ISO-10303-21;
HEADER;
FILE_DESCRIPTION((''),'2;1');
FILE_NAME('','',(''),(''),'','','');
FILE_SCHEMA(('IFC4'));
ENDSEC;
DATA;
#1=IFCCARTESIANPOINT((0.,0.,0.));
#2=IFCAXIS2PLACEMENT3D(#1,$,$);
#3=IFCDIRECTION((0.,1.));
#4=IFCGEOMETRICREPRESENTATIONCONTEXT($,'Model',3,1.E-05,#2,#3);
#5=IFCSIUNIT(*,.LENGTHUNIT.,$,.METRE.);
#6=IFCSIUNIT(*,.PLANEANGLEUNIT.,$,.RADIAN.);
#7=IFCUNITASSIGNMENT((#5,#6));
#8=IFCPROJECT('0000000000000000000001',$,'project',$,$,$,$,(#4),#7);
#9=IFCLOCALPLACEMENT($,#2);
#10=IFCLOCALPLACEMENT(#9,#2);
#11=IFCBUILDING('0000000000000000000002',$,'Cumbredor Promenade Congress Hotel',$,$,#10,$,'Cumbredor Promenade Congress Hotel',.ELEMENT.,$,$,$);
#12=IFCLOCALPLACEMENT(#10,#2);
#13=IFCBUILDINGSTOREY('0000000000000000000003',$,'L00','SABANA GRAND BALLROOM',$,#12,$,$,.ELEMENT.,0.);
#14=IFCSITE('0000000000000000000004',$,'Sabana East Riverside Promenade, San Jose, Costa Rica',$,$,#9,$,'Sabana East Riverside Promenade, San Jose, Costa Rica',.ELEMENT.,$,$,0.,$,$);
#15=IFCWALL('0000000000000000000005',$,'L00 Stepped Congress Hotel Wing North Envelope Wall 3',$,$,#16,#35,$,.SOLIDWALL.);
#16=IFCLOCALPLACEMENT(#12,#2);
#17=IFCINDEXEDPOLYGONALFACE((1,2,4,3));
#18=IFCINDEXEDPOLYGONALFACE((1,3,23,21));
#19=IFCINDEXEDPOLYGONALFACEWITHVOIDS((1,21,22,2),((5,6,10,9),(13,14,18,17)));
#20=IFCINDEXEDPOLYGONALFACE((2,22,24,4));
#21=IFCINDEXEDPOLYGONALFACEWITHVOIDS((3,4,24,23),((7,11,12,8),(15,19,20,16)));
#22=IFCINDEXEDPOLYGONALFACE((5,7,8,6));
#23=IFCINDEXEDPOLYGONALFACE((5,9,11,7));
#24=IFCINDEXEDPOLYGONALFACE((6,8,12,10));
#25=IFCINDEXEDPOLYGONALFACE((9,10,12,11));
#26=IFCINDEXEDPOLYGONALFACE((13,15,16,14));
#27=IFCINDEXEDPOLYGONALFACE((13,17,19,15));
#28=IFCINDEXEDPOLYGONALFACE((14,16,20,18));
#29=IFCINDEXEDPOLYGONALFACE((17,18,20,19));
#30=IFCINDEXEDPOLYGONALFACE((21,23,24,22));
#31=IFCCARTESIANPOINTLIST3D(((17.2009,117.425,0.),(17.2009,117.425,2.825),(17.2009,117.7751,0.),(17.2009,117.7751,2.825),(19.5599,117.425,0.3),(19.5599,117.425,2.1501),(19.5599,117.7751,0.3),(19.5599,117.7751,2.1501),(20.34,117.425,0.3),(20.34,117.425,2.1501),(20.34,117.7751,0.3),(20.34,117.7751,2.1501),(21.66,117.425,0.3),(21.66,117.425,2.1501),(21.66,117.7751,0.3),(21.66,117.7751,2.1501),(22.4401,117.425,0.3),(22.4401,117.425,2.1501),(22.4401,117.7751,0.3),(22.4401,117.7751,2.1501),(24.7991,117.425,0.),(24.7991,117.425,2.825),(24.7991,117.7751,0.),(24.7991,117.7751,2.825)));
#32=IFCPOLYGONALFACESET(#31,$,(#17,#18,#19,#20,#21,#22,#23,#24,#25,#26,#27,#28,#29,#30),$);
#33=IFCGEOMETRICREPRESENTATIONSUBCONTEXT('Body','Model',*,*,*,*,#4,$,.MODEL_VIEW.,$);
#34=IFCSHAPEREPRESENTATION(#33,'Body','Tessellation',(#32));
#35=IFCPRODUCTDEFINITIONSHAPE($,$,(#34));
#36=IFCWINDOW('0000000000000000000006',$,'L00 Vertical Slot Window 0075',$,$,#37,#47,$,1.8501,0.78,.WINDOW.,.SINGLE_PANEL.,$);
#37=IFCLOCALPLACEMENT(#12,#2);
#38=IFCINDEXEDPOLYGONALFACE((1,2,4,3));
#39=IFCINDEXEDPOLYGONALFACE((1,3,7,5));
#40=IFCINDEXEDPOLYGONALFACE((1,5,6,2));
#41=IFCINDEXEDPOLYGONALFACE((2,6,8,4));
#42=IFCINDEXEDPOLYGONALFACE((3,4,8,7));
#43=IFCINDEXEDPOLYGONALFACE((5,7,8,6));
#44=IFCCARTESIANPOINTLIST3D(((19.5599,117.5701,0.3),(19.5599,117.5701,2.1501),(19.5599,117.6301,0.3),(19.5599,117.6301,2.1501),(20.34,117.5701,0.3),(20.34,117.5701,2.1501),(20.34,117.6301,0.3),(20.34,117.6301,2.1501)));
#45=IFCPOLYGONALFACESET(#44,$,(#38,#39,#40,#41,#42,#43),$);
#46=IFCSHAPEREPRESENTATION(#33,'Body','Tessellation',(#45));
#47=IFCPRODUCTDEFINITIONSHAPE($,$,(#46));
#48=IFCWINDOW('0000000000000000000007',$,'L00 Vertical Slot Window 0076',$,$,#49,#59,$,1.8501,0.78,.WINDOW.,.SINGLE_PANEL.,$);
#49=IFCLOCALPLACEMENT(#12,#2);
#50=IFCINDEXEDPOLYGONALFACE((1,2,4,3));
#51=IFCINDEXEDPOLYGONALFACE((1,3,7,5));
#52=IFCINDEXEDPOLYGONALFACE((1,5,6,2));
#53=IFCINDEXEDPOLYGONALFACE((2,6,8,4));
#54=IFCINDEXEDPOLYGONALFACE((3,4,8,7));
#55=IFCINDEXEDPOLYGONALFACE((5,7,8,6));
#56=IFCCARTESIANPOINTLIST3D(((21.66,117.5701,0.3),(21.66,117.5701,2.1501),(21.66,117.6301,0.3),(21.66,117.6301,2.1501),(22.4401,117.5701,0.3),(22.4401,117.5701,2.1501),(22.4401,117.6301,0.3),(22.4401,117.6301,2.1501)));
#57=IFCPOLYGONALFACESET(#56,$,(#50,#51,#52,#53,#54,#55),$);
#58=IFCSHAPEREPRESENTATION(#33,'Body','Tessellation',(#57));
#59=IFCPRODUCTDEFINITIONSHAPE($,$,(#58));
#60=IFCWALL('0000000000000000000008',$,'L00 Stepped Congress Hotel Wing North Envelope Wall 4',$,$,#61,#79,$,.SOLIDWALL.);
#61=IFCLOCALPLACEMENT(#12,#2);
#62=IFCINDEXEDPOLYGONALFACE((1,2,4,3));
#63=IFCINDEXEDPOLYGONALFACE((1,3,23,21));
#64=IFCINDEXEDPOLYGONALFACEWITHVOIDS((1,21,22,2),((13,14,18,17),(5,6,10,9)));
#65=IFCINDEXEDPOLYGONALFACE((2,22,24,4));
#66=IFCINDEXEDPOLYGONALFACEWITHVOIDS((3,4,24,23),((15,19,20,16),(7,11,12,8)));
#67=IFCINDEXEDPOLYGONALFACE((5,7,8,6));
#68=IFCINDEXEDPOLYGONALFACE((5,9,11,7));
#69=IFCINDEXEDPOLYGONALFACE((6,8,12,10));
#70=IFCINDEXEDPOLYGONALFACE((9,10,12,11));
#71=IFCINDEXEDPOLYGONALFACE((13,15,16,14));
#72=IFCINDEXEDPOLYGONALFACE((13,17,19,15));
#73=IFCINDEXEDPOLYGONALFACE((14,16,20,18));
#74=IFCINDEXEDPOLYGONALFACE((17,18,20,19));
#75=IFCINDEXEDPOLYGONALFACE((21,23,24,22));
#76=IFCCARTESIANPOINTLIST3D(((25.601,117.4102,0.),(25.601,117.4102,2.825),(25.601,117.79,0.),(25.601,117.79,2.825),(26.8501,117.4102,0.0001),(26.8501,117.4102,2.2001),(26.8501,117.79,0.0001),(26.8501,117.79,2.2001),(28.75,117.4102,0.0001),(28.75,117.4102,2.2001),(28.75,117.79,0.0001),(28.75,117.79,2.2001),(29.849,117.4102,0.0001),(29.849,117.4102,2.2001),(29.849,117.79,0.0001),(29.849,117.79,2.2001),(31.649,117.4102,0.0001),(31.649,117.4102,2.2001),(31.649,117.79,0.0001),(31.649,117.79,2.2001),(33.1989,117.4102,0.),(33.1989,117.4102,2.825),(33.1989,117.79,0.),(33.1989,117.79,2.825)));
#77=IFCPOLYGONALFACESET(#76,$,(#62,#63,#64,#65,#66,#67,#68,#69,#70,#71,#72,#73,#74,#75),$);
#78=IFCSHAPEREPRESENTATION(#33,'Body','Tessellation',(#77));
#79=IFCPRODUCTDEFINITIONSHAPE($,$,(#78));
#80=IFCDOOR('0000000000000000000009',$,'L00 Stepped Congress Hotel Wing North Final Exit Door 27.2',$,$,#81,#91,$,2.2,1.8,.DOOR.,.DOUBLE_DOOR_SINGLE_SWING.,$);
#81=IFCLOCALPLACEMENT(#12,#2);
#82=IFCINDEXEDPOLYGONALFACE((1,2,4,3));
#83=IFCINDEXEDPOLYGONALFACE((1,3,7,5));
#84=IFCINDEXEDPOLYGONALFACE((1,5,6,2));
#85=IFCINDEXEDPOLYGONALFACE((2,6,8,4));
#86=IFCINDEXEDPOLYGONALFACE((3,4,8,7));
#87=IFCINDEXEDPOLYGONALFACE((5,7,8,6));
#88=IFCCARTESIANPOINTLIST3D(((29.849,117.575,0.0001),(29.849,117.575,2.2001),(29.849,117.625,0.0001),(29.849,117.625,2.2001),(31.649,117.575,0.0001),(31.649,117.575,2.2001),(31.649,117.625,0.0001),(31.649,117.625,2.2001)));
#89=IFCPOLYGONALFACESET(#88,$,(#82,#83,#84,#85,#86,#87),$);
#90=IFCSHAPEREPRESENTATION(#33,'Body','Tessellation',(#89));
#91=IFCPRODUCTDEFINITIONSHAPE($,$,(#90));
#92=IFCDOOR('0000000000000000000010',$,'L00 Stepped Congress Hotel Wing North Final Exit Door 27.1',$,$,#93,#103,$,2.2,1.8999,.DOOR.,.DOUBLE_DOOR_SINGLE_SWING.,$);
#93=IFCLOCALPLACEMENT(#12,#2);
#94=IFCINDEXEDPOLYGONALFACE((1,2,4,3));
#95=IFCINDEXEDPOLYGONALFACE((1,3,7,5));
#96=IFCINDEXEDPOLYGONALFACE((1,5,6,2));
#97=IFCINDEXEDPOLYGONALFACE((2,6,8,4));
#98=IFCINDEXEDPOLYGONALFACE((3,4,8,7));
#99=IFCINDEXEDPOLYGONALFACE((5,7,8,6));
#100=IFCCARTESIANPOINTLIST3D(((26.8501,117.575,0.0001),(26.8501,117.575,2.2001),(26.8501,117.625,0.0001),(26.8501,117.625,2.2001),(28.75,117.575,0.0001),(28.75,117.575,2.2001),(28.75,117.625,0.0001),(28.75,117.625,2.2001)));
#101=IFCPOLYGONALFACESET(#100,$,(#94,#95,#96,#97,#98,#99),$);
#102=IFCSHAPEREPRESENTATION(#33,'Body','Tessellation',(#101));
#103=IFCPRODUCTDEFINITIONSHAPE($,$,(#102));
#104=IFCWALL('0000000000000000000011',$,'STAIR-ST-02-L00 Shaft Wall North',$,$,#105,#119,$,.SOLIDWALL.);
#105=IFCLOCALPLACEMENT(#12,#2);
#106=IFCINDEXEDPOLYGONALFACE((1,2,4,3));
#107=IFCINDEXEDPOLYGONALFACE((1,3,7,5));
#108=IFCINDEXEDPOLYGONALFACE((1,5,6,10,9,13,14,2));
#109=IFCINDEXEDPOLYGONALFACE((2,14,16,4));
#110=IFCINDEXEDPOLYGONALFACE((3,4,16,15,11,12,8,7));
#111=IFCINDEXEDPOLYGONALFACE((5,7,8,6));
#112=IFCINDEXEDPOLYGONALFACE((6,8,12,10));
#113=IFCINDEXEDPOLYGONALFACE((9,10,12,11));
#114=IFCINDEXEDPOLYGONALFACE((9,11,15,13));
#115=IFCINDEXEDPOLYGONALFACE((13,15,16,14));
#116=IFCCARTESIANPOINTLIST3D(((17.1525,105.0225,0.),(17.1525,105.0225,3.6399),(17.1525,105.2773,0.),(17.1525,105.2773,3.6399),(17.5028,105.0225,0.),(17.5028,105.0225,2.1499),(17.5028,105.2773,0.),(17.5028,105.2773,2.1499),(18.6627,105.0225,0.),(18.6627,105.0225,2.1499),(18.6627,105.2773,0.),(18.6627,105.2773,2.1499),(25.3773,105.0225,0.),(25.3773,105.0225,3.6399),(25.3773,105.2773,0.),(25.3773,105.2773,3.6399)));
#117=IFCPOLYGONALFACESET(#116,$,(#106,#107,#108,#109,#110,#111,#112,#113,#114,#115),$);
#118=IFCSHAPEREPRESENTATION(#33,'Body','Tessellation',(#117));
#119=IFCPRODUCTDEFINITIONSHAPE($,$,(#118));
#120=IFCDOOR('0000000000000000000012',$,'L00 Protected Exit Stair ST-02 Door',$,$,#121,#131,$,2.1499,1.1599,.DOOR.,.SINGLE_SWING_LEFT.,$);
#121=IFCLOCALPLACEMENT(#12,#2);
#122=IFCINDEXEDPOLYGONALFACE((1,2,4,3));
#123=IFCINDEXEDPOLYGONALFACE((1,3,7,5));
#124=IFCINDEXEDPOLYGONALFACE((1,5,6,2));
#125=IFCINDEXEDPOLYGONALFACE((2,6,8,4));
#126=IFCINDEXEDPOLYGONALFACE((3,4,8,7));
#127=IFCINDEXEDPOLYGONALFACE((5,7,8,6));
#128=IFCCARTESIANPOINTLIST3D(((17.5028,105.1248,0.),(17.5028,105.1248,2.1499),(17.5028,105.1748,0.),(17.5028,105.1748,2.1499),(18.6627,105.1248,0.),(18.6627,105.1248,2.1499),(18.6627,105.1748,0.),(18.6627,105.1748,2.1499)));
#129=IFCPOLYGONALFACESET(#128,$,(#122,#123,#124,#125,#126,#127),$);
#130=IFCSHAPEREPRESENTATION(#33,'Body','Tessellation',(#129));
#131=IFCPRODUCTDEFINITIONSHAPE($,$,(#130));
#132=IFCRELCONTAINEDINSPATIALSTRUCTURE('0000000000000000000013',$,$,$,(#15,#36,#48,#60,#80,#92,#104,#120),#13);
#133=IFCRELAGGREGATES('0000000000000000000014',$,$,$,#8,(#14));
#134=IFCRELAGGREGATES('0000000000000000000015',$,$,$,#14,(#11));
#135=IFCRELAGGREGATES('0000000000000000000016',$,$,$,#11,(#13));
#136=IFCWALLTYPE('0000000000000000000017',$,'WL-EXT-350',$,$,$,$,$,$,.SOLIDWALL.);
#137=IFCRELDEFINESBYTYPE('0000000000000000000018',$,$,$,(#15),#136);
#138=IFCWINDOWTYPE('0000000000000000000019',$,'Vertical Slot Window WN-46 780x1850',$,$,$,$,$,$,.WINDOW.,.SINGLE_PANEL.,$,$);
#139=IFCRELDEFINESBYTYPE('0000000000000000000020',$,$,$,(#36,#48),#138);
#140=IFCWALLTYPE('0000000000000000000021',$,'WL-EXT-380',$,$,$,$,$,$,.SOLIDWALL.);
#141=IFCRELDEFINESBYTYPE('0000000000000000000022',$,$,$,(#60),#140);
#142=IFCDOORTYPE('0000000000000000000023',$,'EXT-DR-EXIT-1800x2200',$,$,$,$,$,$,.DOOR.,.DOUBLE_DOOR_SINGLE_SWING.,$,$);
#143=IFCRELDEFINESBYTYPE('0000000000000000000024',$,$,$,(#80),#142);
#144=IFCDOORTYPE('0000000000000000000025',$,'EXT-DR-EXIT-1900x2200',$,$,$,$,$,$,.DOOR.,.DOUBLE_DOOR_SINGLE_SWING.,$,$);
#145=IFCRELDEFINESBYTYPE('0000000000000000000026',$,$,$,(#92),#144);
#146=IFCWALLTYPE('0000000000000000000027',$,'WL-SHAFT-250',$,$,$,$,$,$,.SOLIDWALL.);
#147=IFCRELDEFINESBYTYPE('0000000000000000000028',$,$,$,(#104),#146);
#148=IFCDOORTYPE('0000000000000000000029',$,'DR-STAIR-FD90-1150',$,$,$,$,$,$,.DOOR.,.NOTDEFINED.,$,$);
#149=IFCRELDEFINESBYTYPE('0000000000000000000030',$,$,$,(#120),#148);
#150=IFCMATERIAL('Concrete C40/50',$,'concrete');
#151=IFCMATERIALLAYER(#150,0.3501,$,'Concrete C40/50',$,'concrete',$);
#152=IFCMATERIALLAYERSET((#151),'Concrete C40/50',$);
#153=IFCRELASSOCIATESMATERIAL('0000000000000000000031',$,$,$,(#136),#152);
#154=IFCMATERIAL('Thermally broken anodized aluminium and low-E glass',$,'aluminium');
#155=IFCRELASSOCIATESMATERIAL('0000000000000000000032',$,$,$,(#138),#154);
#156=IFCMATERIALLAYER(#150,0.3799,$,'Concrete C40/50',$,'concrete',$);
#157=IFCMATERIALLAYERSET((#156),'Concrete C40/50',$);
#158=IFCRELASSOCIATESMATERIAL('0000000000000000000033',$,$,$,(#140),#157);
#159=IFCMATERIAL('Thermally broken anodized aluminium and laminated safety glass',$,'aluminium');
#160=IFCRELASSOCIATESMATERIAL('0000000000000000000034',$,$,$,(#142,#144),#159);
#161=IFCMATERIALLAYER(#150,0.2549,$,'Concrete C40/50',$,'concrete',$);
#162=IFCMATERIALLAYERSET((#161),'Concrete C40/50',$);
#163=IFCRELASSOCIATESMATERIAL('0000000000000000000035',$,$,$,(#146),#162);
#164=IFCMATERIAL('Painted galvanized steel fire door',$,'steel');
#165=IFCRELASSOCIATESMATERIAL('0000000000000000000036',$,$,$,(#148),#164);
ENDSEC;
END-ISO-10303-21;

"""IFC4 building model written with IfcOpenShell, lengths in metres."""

from ifc_helpers import new_model, si_unit, direction, frame, frame_2d, origin, place, context, subcontext, project, spatial, rectangle, extrude, material, layer, layer_set, type_object, element, fill, save


model = new_model("IFC4")

# Units and contexts
model_context = context("Model", 3, precision=1e-05, world=origin(), true_north=direction((0.0, 1.0)))
body_context = subcontext(model_context, "Body", "Model", "MODEL_VIEW")
ifc_project = project(units=[si_unit("LENGTHUNIT", "METRE"), si_unit("PLANEANGLEUNIT", "RADIAN")], contexts=[model_context])

# Site, building, storey
site_placement = place(None, origin())
site = spatial("IfcSite", under=ifc_project, at=site_placement, Name="Sabana East Riverside Promenade, San Jose, Costa Rica", LongName="Sabana East Riverside Promenade, San Jose, Costa Rica", CompositionType="ELEMENT", RefElevation=0.0)
building_placement = place(site_placement, origin())
building = spatial("IfcBuilding", under=site, at=building_placement, Name="Cumbredor Promenade Congress Hotel", LongName="Cumbredor Promenade Congress Hotel", CompositionType="ELEMENT")
storey_placement = place(building_placement, origin())
storey = spatial("IfcBuildingStorey", under=building, at=storey_placement, Name="L00", Description="SABANA GRAND BALLROOM", CompositionType="ELEMENT", Elevation=0.0)

# Shared definitions
ifc_material_1 = material(Name="Concrete C40/50", Category="concrete")

# Shared definitions
ifc_material_2 = material(Name="Thermally broken anodized aluminium and low-E glass", Category="aluminium")

# Wall, openings, windows
ifc_layer_1 = layer(ifc_material_1, 0.3501, Name="Concrete C40/50", Category="concrete")
ifc_layer_set_1 = layer_set([ifc_layer_1], Name="Concrete C40/50")
wall_type_1 = type_object("IfcWallType", Name="WL-EXT-350", PredefinedType="SOLIDWALL", material=ifc_layer_set_1)
wall_1_placement = place(storey_placement, frame((17.2009, 117.6001, 0.0), z_axis=(0.0, 0.0, 1.0), x_axis=(1.0, 0.0, 0.0)))
wall_1 = element("IfcWall", 1, at=wall_1_placement, inside=storey, type_object=wall_type_1, Name="L00 Stepped Congress Hotel Wing North Envelope Wall 3", PredefinedType="SOLIDWALL", context=body_context, shape_type="SweptSolid", body=[
    extrude(rectangle(XDim=7.5981, YDim=0.3501, at=frame_2d((3.7991, 0.0))), origin(), (0.0, 0.0, 1.0), 2.825),
])
opening_1_placement = place(wall_1_placement, frame((2.3589, 0.0, 0.3)))
opening_1 = element("IfcOpeningElement", 2, at=opening_1_placement, cuts=wall_1, PredefinedType="OPENING", context=body_context, shape_type="SweptSolid", body=[
    extrude(rectangle(XDim=0.78, YDim=1.8501, at=frame_2d((0.3901, 0.925))), frame((0.0, 0.1851, 0.0), z_axis=(0.0, -1.0, 0.0), x_axis=(1.0, 0.0, 0.0)), (0.0, 0.0, 1.0), 0.3701),
])
opening_2_placement = place(wall_1_placement, frame((4.459, 0.0, 0.3)))
opening_2 = element("IfcOpeningElement", 3, at=opening_2_placement, cuts=wall_1, PredefinedType="OPENING", context=body_context, shape_type="SweptSolid", body=[
    extrude(rectangle(XDim=0.78, YDim=1.8501, at=frame_2d((0.3901, 0.925))), frame((0.0, 0.1851, 0.0), z_axis=(0.0, -1.0, 0.0), x_axis=(1.0, 0.0, 0.0)), (0.0, 0.0, 1.0), 0.3701),
])
window_type = type_object("IfcWindowType", Name="Vertical Slot Window WN-46 780x1850", PartitioningType="SINGLE_PANEL", PredefinedType="WINDOW", material=ifc_material_2)
window_1_placement = place(opening_1_placement, origin())
window_1 = element("IfcWindow", 4, at=window_1_placement, inside=storey, type_object=window_type, Name="L00 Vertical Slot Window 0075", OverallHeight=1.8501, OverallWidth=0.78, PartitioningType="SINGLE_PANEL", PredefinedType="WINDOW", context=body_context, shape_type="SweptSolid", body=[
    extrude(rectangle(XDim=0.78, YDim=1.8501, at=frame_2d((0.3901, 0.925))), frame((0.0, 0.03, 0.0), z_axis=(0.0, -1.0, 0.0), x_axis=(1.0, 0.0, 0.0)), (0.0, 0.0, 1.0), 0.0601),
])
fill(opening_1, window_1)
window_2_placement = place(opening_2_placement, origin())
window_2 = element("IfcWindow", 5, at=window_2_placement, inside=storey, type_object=window_type, Name="L00 Vertical Slot Window 0076", OverallHeight=1.8501, OverallWidth=0.78, PartitioningType="SINGLE_PANEL", PredefinedType="WINDOW", context=body_context, shape_type="SweptSolid", body=[
    extrude(rectangle(XDim=0.78, YDim=1.8501, at=frame_2d((0.3901, 0.925))), frame((0.0, 0.03, 0.0), z_axis=(0.0, -1.0, 0.0), x_axis=(1.0, 0.0, 0.0)), (0.0, 0.0, 1.0), 0.0601),
])
fill(opening_2, window_2)

# Wall, openings, doors
ifc_layer_2 = layer(ifc_material_1, 0.3799, Name="Concrete C40/50", Category="concrete")
ifc_layer_set_2 = layer_set([ifc_layer_2], Name="Concrete C40/50")
wall_type_2 = type_object("IfcWallType", Name="WL-EXT-380", PredefinedType="SOLIDWALL", material=ifc_layer_set_2)
wall_2_placement = place(storey_placement, frame((25.6011, 117.6001, 0.0), z_axis=(0.0, 0.0, 1.0), x_axis=(1.0, 0.0, 0.0)))
wall_2 = element("IfcWall", 6, at=wall_2_placement, inside=storey, type_object=wall_type_2, Name="L00 Stepped Congress Hotel Wing North Envelope Wall 4", PredefinedType="SOLIDWALL", context=body_context, shape_type="SweptSolid", body=[
    extrude(rectangle(XDim=7.5979, YDim=0.3799, at=frame_2d((3.7988, 0.0))), origin(), (0.0, 0.0, 1.0), 2.825),
])
opening_3_placement = place(wall_2_placement, frame((1.249, 0.0, 0.0)))
opening_3 = element("IfcOpeningElement", 7, at=opening_3_placement, cuts=wall_2, PredefinedType="OPENING", context=body_context, shape_type="SweptSolid", body=[
    extrude(rectangle(XDim=1.8999, YDim=2.2, at=frame_2d((0.95, 1.1001))), frame((0.0, 0.2, 0.0), z_axis=(0.0, -1.0, 0.0), x_axis=(1.0, 0.0, 0.0)), (0.0, 0.0, 1.0), 0.3999),
])
opening_4_placement = place(wall_2_placement, frame((4.248, 0.0, 0.0)))
opening_4 = element("IfcOpeningElement", 8, at=opening_4_placement, cuts=wall_2, PredefinedType="OPENING", context=body_context, shape_type="SweptSolid", body=[
    extrude(rectangle(XDim=1.8, YDim=2.2, at=frame_2d((0.8999, 1.1001))), frame((0.0, 0.2, 0.0), z_axis=(0.0, -1.0, 0.0), x_axis=(1.0, 0.0, 0.0)), (0.0, 0.0, 1.0), 0.3999),
])
ifc_material_3 = material(Name="Thermally broken anodized aluminium and laminated safety glass", Category="aluminium")
door_type_1 = type_object("IfcDoorType", Name="EXT-DR-EXIT-1800x2200", OperationType="DOUBLE_DOOR_SINGLE_SWING", PredefinedType="DOOR", material=ifc_material_3)
door_1_placement = place(opening_4_placement, origin())
door_1 = element("IfcDoor", 9, at=door_1_placement, inside=storey, type_object=door_type_1, Name="L00 Stepped Congress Hotel Wing North Final Exit Door 27.2", OperationType="DOUBLE_DOOR_SINGLE_SWING", OverallHeight=2.2, OverallWidth=1.8, PredefinedType="DOOR", context=body_context, shape_type="SweptSolid", body=[
    extrude(rectangle(XDim=1.8, YDim=2.2, at=frame_2d((0.8999, 1.1001))), frame((0.0, 0.0249, 0.0), z_axis=(0.0, -1.0, 0.0), x_axis=(1.0, 0.0, 0.0)), (0.0, 0.0, 1.0), 0.05),
])
fill(opening_4, door_1)
door_type_2 = type_object("IfcDoorType", Name="EXT-DR-EXIT-1900x2200", OperationType="DOUBLE_DOOR_SINGLE_SWING", PredefinedType="DOOR", material=ifc_material_3)
door_2_placement = place(opening_3_placement, origin())
door_2 = element("IfcDoor", 10, at=door_2_placement, inside=storey, type_object=door_type_2, Name="L00 Stepped Congress Hotel Wing North Final Exit Door 27.1", OperationType="DOUBLE_DOOR_SINGLE_SWING", OverallHeight=2.2, OverallWidth=1.8999, PredefinedType="DOOR", context=body_context, shape_type="SweptSolid", body=[
    extrude(rectangle(XDim=1.8999, YDim=2.2, at=frame_2d((0.95, 1.1001))), frame((0.0, 0.0249, 0.0), z_axis=(0.0, -1.0, 0.0), x_axis=(1.0, 0.0, 0.0)), (0.0, 0.0, 1.0), 0.05),
])
fill(opening_3, door_2)

# Wall, opening, door
ifc_layer_3 = layer(ifc_material_1, 0.2549, Name="Concrete C40/50", Category="concrete")
ifc_layer_set_3 = layer_set([ifc_layer_3], Name="Concrete C40/50")
wall_type_3 = type_object("IfcWallType", Name="WL-SHAFT-250", PredefinedType="SOLIDWALL", material=ifc_layer_set_3)
wall_3_placement = place(storey_placement, frame((17.1526, 105.1499, 0.0), z_axis=(0.0, 0.0, 1.0), x_axis=(1.0, 0.0, 0.0)))
wall_3 = element("IfcWall", 11, at=wall_3_placement, inside=storey, type_object=wall_type_3, Name="STAIR-ST-02-L00 Shaft Wall North", PredefinedType="SOLIDWALL", context=body_context, shape_type="SweptSolid", body=[
    extrude(rectangle(XDim=8.2249, YDim=0.2549, at=frame_2d((4.1123, 0.0))), origin(), (0.0, 0.0, 1.0), 3.6399),
])
opening_5_placement = place(wall_3_placement, frame((0.3501, 0.0, 0.0)))
opening_5 = element("IfcOpeningElement", 12, at=opening_5_placement, cuts=wall_3, PredefinedType="OPENING", context=body_context, shape_type="SweptSolid", body=[
    extrude(rectangle(XDim=1.1599, YDim=2.1499, at=frame_2d((0.5801, 1.075))), frame((0.0, 0.1375, 0.0), z_axis=(0.0, -1.0, 0.0), x_axis=(1.0, 0.0, 0.0)), (0.0, 0.0, 1.0), 0.2749),
])
ifc_material_4 = material(Name="Painted galvanized steel fire door", Category="steel")
door_type_3 = type_object("IfcDoorType", Name="DR-STAIR-FD90-1150", OperationType="NOTDEFINED", PredefinedType="DOOR", material=ifc_material_4)
door_3_placement = place(opening_5_placement, origin())
door_3 = element("IfcDoor", 13, at=door_3_placement, inside=storey, type_object=door_type_3, Name="L00 Protected Exit Stair ST-02 Door", OperationType="SINGLE_SWING_LEFT", OverallHeight=2.1499, OverallWidth=1.1599, PredefinedType="DOOR", context=body_context, shape_type="SweptSolid", body=[
    extrude(rectangle(XDim=1.1599, YDim=2.1499, at=frame_2d((0.5801, 1.075))), frame((0.0, 0.0249, 0.0), z_axis=(0.0, -1.0, 0.0), x_axis=(1.0, 0.0, 0.0)), (0.0, 0.0, 1.0), 0.05),
])
fill(opening_5, door_3)

save(model, "model.ifc")
